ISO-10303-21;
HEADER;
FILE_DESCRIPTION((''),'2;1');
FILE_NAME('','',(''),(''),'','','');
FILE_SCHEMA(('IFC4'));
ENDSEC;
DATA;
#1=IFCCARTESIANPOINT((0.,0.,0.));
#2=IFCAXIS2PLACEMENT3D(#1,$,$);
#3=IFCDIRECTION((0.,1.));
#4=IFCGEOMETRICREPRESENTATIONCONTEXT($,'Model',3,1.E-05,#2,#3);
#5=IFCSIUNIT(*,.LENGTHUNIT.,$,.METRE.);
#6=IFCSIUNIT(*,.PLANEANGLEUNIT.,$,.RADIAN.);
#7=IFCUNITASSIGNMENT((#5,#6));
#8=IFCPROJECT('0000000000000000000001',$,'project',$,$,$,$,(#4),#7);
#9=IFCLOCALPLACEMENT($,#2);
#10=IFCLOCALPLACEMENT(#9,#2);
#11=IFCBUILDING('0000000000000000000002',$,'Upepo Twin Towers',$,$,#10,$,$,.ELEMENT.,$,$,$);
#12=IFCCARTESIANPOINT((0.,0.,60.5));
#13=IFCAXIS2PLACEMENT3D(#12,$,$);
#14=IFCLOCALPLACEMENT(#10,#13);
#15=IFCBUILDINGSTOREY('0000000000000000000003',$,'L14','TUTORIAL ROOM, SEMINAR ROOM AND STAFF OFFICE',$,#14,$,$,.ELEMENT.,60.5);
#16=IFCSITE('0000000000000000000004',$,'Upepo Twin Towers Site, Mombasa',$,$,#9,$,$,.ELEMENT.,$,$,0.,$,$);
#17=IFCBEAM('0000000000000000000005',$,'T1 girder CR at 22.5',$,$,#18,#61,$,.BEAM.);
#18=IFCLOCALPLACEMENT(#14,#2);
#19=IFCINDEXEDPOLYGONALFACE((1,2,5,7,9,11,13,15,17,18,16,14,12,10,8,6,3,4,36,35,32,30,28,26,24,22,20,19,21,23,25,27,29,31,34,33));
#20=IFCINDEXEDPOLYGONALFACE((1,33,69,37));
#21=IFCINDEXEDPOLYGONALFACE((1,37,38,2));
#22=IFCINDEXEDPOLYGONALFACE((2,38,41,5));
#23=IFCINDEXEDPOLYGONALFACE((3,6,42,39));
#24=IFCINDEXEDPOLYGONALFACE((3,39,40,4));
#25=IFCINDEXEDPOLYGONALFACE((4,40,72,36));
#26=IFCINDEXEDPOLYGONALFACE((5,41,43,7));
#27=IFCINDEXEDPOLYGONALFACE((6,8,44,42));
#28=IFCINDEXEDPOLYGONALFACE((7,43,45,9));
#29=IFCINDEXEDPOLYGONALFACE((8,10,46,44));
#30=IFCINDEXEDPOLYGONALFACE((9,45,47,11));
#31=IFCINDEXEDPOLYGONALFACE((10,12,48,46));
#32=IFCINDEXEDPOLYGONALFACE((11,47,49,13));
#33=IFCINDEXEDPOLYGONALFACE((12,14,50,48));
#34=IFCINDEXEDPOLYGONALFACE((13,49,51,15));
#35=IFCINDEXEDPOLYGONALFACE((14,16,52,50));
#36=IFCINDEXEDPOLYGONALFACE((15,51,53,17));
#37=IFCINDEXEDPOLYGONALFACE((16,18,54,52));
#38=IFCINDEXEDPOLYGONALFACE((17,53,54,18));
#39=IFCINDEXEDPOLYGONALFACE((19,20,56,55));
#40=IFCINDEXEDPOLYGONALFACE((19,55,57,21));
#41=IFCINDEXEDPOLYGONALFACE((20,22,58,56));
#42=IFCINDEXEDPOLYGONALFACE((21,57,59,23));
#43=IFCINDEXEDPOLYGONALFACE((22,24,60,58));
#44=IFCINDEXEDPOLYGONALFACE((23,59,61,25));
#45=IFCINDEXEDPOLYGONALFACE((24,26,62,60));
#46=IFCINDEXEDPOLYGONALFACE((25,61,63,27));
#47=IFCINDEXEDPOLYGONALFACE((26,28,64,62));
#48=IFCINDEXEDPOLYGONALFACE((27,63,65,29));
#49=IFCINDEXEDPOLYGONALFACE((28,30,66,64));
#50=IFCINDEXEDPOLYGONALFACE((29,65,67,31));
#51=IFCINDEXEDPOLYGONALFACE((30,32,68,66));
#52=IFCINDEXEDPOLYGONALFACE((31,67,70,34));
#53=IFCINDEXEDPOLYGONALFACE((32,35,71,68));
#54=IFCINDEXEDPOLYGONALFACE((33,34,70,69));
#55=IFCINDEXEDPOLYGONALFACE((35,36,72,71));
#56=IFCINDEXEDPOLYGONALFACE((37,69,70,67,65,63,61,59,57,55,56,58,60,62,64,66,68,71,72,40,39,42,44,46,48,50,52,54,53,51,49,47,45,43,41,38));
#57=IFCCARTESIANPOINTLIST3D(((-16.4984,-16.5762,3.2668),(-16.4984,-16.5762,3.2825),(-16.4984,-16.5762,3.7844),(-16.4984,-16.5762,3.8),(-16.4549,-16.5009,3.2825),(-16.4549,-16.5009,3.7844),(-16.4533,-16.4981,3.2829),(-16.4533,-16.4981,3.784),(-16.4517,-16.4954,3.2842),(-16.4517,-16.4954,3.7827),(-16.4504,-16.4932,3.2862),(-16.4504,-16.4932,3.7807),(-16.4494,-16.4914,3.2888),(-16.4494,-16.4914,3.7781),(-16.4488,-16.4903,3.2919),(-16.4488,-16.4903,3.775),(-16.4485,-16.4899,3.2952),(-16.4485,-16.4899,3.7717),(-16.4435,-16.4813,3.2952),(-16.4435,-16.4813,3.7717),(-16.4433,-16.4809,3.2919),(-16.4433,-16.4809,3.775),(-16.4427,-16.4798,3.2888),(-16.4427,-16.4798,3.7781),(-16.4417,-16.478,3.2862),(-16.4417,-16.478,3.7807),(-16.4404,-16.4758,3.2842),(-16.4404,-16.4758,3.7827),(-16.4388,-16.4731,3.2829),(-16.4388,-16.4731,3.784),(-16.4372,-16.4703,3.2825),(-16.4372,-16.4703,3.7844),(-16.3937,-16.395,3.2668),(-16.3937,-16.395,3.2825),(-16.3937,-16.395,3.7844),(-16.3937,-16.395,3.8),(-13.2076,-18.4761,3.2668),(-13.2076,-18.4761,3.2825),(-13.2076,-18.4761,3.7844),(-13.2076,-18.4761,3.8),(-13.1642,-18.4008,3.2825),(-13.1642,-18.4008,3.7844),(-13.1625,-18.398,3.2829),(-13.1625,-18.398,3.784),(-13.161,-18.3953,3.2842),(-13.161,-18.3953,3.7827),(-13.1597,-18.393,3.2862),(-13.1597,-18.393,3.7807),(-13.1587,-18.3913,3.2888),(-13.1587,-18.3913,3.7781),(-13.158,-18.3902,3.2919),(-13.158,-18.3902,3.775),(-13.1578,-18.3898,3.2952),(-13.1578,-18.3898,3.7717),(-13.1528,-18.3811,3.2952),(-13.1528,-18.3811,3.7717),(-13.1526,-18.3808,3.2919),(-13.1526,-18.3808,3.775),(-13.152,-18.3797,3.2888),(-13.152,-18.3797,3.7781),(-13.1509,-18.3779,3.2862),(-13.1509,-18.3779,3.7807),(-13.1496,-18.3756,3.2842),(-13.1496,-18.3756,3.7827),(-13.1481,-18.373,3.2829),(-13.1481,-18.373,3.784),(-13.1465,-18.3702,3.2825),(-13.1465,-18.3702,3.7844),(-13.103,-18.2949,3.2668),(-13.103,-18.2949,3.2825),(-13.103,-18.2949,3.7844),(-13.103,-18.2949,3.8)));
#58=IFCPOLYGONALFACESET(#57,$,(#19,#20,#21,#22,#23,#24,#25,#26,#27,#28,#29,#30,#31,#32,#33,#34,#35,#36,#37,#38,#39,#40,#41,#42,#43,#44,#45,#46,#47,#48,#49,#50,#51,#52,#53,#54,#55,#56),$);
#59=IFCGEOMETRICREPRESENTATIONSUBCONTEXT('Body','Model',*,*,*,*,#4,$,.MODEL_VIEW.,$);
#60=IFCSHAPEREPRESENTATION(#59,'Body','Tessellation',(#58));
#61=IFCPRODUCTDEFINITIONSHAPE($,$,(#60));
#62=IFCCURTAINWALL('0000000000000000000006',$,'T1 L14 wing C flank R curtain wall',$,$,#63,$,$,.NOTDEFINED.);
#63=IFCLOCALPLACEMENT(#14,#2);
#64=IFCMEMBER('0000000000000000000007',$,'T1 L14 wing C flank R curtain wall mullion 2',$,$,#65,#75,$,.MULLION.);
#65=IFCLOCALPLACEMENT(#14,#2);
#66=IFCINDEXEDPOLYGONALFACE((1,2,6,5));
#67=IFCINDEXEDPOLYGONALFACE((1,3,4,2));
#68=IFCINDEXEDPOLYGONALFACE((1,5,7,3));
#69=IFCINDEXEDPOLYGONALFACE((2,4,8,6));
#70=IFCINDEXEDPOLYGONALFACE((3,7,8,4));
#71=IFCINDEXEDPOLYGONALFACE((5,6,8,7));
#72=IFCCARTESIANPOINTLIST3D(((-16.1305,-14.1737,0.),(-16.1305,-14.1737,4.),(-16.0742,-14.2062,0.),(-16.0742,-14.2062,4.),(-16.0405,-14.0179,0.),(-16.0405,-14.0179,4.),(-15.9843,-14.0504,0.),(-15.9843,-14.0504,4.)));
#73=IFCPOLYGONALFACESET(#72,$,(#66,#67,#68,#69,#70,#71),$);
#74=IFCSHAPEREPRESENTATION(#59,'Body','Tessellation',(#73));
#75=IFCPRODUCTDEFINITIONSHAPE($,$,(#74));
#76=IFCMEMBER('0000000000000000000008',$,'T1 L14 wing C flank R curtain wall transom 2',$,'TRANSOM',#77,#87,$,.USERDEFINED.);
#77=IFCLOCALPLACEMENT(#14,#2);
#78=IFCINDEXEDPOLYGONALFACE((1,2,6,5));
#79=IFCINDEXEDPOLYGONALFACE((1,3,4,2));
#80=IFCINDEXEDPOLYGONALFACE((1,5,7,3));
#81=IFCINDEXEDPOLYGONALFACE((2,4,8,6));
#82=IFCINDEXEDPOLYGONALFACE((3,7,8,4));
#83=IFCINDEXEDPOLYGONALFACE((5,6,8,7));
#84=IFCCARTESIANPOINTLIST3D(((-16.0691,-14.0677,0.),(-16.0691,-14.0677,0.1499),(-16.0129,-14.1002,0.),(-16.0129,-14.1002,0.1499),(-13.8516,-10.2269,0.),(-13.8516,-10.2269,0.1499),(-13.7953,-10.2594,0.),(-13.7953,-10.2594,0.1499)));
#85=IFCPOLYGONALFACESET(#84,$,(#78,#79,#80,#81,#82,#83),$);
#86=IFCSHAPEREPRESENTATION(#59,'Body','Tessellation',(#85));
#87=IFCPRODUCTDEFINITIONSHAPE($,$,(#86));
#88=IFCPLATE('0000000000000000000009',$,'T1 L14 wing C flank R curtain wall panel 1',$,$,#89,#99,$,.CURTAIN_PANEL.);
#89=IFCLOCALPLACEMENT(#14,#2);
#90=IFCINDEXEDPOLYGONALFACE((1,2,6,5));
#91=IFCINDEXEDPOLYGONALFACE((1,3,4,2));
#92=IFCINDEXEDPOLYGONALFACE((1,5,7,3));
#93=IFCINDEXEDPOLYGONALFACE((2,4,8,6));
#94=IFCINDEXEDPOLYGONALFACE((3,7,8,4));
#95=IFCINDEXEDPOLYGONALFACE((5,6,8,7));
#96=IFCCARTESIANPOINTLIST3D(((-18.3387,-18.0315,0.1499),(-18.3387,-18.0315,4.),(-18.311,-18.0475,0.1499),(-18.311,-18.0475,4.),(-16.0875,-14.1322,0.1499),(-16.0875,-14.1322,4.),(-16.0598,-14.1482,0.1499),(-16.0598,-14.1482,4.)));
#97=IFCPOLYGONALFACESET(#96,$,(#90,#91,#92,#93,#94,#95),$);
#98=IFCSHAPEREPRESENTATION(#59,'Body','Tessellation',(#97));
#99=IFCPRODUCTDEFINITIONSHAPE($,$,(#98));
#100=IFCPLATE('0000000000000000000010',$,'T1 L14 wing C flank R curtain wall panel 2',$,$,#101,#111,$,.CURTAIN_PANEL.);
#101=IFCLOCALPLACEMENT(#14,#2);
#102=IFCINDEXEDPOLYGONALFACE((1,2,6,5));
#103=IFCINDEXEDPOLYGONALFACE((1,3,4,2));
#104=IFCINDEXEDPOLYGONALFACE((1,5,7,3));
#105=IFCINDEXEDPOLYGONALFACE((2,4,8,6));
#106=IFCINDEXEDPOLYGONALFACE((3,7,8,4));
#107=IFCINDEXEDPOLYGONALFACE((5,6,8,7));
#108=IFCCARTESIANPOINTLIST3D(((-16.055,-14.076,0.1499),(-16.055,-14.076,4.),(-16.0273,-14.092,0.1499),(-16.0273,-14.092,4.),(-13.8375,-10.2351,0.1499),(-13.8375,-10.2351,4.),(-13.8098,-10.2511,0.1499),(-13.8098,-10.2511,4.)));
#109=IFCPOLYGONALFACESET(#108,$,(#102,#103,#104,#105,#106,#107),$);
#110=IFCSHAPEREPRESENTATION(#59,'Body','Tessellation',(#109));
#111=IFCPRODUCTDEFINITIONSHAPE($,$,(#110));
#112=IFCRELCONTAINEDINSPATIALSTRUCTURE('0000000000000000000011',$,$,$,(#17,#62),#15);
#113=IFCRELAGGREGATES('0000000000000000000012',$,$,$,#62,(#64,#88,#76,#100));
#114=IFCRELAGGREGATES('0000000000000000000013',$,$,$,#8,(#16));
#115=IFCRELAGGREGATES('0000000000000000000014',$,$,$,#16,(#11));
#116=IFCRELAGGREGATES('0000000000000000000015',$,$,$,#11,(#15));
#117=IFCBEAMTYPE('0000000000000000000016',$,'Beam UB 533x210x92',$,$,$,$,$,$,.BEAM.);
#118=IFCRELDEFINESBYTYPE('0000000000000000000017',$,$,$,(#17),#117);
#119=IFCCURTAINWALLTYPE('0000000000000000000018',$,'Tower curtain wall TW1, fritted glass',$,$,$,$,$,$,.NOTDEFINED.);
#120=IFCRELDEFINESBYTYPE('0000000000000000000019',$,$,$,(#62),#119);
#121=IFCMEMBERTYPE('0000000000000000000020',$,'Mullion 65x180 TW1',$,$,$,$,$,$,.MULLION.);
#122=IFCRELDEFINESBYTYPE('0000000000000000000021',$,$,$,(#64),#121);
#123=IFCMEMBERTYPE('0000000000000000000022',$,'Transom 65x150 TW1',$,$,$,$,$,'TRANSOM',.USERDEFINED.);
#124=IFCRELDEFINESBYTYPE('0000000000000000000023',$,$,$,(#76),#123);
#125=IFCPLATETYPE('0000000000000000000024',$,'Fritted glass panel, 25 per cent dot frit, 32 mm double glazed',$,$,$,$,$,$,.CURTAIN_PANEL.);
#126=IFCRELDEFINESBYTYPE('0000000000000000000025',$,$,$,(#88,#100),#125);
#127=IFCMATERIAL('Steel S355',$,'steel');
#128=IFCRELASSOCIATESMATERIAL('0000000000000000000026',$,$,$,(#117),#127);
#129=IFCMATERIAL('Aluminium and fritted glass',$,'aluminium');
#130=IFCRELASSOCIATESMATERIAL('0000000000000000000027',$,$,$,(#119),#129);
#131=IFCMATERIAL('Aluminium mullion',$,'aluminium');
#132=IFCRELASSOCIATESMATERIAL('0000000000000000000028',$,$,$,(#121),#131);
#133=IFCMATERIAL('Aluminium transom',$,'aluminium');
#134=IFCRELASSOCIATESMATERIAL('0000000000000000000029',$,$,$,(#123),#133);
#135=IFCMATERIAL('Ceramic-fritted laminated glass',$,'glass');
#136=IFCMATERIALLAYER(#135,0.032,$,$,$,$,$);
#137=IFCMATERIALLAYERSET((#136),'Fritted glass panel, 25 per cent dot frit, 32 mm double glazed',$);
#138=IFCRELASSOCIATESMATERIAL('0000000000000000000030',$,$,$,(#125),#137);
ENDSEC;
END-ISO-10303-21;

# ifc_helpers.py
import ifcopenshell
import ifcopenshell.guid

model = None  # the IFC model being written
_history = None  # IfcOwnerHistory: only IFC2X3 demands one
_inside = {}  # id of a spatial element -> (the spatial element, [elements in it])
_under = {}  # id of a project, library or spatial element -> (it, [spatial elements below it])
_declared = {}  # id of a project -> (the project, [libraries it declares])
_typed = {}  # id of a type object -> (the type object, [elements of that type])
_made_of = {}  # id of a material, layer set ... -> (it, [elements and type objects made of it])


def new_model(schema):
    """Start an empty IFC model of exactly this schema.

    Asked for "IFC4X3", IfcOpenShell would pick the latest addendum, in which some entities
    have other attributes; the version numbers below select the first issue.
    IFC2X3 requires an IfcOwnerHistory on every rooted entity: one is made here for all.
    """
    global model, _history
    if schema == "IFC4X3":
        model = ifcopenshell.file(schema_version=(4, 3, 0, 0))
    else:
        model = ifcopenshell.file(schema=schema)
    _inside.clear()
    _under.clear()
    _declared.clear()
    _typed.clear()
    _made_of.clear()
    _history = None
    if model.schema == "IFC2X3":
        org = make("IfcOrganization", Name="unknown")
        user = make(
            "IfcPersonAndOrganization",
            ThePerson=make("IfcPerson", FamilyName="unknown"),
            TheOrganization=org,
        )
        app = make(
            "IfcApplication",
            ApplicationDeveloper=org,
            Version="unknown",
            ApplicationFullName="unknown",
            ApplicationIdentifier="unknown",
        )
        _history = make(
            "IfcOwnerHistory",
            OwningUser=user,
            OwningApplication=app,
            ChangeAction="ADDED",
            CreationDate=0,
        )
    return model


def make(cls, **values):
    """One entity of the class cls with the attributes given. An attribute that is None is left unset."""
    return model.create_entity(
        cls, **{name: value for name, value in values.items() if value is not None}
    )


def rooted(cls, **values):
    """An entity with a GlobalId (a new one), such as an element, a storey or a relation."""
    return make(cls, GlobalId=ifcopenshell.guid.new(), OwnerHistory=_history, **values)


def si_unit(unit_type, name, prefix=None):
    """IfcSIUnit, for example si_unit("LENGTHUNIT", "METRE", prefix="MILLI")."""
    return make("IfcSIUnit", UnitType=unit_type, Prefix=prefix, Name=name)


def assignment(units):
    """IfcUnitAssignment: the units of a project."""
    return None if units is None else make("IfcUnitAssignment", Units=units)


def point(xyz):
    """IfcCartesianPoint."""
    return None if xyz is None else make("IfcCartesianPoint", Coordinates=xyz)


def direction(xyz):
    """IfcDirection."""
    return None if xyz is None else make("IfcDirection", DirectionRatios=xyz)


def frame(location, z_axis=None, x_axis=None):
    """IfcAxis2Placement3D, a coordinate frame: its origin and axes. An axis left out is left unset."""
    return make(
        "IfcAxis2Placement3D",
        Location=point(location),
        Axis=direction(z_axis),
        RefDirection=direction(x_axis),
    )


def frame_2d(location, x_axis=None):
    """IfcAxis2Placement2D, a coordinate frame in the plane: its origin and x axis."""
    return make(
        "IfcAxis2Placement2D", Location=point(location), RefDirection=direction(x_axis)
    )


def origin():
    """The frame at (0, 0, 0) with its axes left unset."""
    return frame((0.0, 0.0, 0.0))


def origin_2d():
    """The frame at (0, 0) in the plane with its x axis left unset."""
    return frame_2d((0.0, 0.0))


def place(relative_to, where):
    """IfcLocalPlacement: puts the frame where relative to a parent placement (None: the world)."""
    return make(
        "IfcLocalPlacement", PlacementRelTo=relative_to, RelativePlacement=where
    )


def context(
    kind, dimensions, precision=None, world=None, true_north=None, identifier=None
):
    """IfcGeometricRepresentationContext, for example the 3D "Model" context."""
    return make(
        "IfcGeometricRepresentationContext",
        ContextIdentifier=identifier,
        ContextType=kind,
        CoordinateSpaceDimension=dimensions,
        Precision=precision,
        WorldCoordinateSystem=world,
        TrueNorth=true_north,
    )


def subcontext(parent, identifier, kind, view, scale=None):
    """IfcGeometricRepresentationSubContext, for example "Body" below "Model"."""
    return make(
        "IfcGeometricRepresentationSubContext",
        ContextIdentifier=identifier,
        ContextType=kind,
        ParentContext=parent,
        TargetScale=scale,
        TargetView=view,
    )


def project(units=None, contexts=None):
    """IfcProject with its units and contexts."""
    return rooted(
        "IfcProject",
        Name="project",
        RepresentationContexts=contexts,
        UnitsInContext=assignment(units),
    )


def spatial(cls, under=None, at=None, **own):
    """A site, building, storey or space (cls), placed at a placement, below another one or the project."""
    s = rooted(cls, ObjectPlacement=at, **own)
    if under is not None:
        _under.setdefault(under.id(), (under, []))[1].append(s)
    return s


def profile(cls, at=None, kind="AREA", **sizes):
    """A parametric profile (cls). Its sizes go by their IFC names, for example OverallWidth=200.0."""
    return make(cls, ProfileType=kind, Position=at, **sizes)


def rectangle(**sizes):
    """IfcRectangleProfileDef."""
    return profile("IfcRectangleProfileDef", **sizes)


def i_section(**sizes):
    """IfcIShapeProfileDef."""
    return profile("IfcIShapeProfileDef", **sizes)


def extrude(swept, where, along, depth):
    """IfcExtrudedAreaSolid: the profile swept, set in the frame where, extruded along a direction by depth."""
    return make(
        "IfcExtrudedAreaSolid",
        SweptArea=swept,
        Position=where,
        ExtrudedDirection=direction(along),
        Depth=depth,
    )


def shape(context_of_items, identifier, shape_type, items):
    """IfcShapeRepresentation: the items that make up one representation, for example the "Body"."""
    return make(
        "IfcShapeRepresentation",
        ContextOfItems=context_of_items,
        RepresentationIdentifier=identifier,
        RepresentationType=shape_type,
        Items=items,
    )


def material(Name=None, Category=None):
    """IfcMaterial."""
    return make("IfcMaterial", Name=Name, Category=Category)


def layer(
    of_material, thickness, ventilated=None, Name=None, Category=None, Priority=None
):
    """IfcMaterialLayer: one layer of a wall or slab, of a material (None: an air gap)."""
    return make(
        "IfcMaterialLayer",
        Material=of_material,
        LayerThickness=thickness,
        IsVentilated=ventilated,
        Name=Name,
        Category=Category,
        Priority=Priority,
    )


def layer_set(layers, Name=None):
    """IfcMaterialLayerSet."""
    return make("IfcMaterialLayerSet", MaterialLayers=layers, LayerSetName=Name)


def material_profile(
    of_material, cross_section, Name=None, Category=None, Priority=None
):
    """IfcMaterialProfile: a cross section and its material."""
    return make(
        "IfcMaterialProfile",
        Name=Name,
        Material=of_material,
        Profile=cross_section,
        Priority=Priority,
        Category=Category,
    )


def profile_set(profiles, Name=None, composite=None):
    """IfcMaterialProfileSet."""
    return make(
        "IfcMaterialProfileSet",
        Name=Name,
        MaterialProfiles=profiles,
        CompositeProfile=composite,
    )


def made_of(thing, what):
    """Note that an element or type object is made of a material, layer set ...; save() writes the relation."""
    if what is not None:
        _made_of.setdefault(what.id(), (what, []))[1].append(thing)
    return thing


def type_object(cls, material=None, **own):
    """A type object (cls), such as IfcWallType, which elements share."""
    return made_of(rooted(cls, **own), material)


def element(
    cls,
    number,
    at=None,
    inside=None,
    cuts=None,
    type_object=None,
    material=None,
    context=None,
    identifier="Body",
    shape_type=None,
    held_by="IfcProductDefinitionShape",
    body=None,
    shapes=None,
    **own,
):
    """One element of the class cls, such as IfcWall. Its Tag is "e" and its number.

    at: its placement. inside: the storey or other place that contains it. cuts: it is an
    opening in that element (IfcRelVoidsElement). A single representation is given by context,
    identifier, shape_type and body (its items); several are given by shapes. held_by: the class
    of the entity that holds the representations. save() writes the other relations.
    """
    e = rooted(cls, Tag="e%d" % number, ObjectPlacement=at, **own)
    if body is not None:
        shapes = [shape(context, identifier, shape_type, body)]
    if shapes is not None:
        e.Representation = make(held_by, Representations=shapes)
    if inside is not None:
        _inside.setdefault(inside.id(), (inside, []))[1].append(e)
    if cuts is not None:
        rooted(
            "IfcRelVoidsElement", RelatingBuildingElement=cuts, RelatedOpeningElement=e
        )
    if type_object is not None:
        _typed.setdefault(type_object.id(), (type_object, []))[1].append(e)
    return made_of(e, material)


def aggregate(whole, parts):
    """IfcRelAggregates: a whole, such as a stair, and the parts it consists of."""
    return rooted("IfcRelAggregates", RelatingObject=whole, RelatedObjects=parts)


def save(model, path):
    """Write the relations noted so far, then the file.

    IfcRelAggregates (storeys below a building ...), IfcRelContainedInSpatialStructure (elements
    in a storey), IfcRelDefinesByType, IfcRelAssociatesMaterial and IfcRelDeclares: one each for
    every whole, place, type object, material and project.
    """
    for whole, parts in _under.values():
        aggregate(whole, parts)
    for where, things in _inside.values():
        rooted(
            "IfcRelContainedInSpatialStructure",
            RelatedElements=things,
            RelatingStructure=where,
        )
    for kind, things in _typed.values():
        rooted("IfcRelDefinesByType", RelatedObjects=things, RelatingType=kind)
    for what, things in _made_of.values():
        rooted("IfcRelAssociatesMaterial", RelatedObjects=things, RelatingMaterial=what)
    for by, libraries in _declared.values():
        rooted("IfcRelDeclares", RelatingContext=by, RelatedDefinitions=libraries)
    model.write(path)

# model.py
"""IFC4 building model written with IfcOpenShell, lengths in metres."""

from ifc_helpers import new_model, si_unit, direction, frame, origin, origin_2d, place, context, subcontext, project, spatial, rectangle, i_section, extrude, material, layer, layer_set, material_profile, profile_set, type_object, element, aggregate, save


model = new_model("IFC4")

# Units and contexts
model_context = context("Model", 3, precision=1e-05, world=origin(), true_north=direction((0.0, 1.0)))
body_context = subcontext(model_context, "Body", "Model", "MODEL_VIEW")
ifc_project = project(units=[si_unit("LENGTHUNIT", "METRE"), si_unit("PLANEANGLEUNIT", "RADIAN")], contexts=[model_context])

# Site, building, storey
site_placement = place(None, origin())
site = spatial("IfcSite", under=ifc_project, at=site_placement, Name="Upepo Twin Towers Site, Mombasa", CompositionType="ELEMENT", RefElevation=0.0)
building_placement = place(site_placement, origin())
building = spatial("IfcBuilding", under=site, at=building_placement, Name="Upepo Twin Towers", CompositionType="ELEMENT")
storey_placement = place(building_placement, frame((0.0, 0.0, 60.5)))
storey = spatial("IfcBuildingStorey", under=building, at=storey_placement, Name="L14", Description="TUTORIAL ROOM, SEMINAR ROOM AND STAFF OFFICE", CompositionType="ELEMENT", Elevation=60.5)

# Beam
ifc_material_1 = material(Name="Steel S355", Category="steel")
ifc_material_profile_1 = material_profile(ifc_material_1, i_section(OverallWidth=0.2092, OverallDepth=0.5332, WebThickness=0.01, FlangeThickness=0.0156, FilletRadius=0.0127, at=origin_2d()), Name="UB 533x210x92")
ifc_profile_set_1 = profile_set([ifc_material_profile_1], Name="Steel S355")
beam_type_1 = type_object("IfcBeamType", Name="Beam UB 533x210x92", PredefinedType="BEAM", material=ifc_profile_set_1)
beam_1_placement = place(storey_placement, frame((-16.446, -16.4856, 3.5334), z_axis=(0.866028, -0.499995, 0.0), x_axis=(0.499995, 0.866028, 0.0)))
element("IfcBeam", 1, at=beam_1_placement, inside=storey, type_object=beam_type_1, Name="T1 girder CR at 22.5", PredefinedType="BEAM", context=body_context, shape_type="SweptSolid", body=[
    extrude(i_section(OverallWidth=0.2092, OverallDepth=0.5332, WebThickness=0.01, FlangeThickness=0.0156, FilletRadius=0.0127, at=origin_2d()), origin(), (0.0, 0.0, 1.0), 3.7998),
])

# Curtain wall, members, plates
ifc_material_2 = material(Name="Aluminium and fritted glass", Category="aluminium")
curtain_wall_type = type_object("IfcCurtainWallType", Name="Tower curtain wall TW1, fritted glass", PredefinedType="NOTDEFINED", material=ifc_material_2)
curtain_wall_placement = place(storey_placement, origin())
curtain_wall = element("IfcCurtainWall", 2, at=curtain_wall_placement, inside=storey, type_object=curtain_wall_type, Name="T1 L14 wing C flank R curtain wall", PredefinedType="NOTDEFINED")
ifc_material_3 = material(Name="Aluminium mullion", Category="aluminium")
ifc_material_profile_2 = material_profile(ifc_material_3, rectangle(XDim=0.0649, YDim=0.1799, at=origin_2d()), Name="MULLION 65x180")
ifc_profile_set_2 = profile_set([ifc_material_profile_2], Name="Aluminium mullion")
member_type_1 = type_object("IfcMemberType", Name="Mullion 65x180 TW1", PredefinedType="MULLION", material=ifc_profile_set_2)
member_1_placement = place(storey_placement, frame((-16.0574, -14.1121, 0.0), z_axis=(0.0, 0.0, 1.0), x_axis=(-0.866025, 0.5, 0.0)))
member_1 = element("IfcMember", 3, at=member_1_placement, type_object=member_type_1, Name="T1 L14 wing C flank R curtain wall mullion 2", PredefinedType="MULLION", context=body_context, shape_type="SweptSolid", body=[
    extrude(rectangle(XDim=0.0649, YDim=0.1799, at=origin_2d()), origin(), (0.0, 0.0, 1.0), 4.0),
])
ifc_material_4 = material(Name="Aluminium transom", Category="aluminium")
ifc_material_profile_3 = material_profile(ifc_material_4, rectangle(XDim=0.0649, YDim=0.1499, at=origin_2d()), Name="TRANSOM 65x150")
ifc_profile_set_3 = profile_set([ifc_material_profile_3], Name="Aluminium transom")
member_type_2 = type_object("IfcMemberType", Name="Transom 65x150 TW1", ElementType="TRANSOM", PredefinedType="USERDEFINED", material=ifc_profile_set_3)
member_2_placement = place(storey_placement, frame((-16.041, -14.084, 0.075), z_axis=(0.500005, 0.866022, 0.0), x_axis=(-0.866022, 0.500005, 0.0)))
member_2 = element("IfcMember", 4, at=member_2_placement, type_object=member_type_2, Name="T1 L14 wing C flank R curtain wall transom 2", ObjectType="TRANSOM", PredefinedType="USERDEFINED", context=body_context, shape_type="SweptSolid", body=[
    extrude(rectangle(XDim=0.0649, YDim=0.1499, at=origin_2d()), origin(), (0.0, 0.0, 1.0), 4.4351),
])
ifc_material_5 = material(Name="Ceramic-fritted laminated glass", Category="glass")
ifc_layer_1 = layer(ifc_material_5, 0.032)
ifc_layer_set_1 = layer_set([ifc_layer_1], Name="Fritted glass panel, 25 per cent dot frit, 32 mm double glazed")
plate_type = type_object("IfcPlateType", Name="Fritted glass panel, 25 per cent dot frit, 32 mm double glazed", PredefinedType="CURTAIN_PANEL", material=ifc_layer_set_1)
plate_1_placement = place(storey_placement, frame((-17.1992, -16.0898, 0.1499), z_axis=(0.0, 0.0, 1.0), x_axis=(0.5, 0.866025, 0.0)))
plate_1 = element("IfcPlate", 5, at=plate_1_placement, type_object=plate_type, Name="T1 L14 wing C flank R curtain wall panel 1", PredefinedType="CURTAIN_PANEL", context=body_context, shape_type="SweptSolid", body=[
    extrude(rectangle(XDim=4.5024, YDim=0.032, at=origin_2d()), origin(), (0.0, 0.0, 1.0), 3.8501),
])
plate_2_placement = place(storey_placement, frame((-14.9324, -12.1636, 0.1499), z_axis=(0.0, 0.0, 1.0), x_axis=(0.5, 0.866025, 0.0)))
plate_2 = element("IfcPlate", 6, at=plate_2_placement, type_object=plate_type, Name="T1 L14 wing C flank R curtain wall panel 2", PredefinedType="CURTAIN_PANEL", context=body_context, shape_type="SweptSolid", body=[
    extrude(rectangle(XDim=4.4351, YDim=0.032, at=origin_2d()), origin(), (0.0, 0.0, 1.0), 3.8501),
])
aggregate(curtain_wall, [member_1, plate_1, member_2, plate_2])

save(model, "model.ifc")
